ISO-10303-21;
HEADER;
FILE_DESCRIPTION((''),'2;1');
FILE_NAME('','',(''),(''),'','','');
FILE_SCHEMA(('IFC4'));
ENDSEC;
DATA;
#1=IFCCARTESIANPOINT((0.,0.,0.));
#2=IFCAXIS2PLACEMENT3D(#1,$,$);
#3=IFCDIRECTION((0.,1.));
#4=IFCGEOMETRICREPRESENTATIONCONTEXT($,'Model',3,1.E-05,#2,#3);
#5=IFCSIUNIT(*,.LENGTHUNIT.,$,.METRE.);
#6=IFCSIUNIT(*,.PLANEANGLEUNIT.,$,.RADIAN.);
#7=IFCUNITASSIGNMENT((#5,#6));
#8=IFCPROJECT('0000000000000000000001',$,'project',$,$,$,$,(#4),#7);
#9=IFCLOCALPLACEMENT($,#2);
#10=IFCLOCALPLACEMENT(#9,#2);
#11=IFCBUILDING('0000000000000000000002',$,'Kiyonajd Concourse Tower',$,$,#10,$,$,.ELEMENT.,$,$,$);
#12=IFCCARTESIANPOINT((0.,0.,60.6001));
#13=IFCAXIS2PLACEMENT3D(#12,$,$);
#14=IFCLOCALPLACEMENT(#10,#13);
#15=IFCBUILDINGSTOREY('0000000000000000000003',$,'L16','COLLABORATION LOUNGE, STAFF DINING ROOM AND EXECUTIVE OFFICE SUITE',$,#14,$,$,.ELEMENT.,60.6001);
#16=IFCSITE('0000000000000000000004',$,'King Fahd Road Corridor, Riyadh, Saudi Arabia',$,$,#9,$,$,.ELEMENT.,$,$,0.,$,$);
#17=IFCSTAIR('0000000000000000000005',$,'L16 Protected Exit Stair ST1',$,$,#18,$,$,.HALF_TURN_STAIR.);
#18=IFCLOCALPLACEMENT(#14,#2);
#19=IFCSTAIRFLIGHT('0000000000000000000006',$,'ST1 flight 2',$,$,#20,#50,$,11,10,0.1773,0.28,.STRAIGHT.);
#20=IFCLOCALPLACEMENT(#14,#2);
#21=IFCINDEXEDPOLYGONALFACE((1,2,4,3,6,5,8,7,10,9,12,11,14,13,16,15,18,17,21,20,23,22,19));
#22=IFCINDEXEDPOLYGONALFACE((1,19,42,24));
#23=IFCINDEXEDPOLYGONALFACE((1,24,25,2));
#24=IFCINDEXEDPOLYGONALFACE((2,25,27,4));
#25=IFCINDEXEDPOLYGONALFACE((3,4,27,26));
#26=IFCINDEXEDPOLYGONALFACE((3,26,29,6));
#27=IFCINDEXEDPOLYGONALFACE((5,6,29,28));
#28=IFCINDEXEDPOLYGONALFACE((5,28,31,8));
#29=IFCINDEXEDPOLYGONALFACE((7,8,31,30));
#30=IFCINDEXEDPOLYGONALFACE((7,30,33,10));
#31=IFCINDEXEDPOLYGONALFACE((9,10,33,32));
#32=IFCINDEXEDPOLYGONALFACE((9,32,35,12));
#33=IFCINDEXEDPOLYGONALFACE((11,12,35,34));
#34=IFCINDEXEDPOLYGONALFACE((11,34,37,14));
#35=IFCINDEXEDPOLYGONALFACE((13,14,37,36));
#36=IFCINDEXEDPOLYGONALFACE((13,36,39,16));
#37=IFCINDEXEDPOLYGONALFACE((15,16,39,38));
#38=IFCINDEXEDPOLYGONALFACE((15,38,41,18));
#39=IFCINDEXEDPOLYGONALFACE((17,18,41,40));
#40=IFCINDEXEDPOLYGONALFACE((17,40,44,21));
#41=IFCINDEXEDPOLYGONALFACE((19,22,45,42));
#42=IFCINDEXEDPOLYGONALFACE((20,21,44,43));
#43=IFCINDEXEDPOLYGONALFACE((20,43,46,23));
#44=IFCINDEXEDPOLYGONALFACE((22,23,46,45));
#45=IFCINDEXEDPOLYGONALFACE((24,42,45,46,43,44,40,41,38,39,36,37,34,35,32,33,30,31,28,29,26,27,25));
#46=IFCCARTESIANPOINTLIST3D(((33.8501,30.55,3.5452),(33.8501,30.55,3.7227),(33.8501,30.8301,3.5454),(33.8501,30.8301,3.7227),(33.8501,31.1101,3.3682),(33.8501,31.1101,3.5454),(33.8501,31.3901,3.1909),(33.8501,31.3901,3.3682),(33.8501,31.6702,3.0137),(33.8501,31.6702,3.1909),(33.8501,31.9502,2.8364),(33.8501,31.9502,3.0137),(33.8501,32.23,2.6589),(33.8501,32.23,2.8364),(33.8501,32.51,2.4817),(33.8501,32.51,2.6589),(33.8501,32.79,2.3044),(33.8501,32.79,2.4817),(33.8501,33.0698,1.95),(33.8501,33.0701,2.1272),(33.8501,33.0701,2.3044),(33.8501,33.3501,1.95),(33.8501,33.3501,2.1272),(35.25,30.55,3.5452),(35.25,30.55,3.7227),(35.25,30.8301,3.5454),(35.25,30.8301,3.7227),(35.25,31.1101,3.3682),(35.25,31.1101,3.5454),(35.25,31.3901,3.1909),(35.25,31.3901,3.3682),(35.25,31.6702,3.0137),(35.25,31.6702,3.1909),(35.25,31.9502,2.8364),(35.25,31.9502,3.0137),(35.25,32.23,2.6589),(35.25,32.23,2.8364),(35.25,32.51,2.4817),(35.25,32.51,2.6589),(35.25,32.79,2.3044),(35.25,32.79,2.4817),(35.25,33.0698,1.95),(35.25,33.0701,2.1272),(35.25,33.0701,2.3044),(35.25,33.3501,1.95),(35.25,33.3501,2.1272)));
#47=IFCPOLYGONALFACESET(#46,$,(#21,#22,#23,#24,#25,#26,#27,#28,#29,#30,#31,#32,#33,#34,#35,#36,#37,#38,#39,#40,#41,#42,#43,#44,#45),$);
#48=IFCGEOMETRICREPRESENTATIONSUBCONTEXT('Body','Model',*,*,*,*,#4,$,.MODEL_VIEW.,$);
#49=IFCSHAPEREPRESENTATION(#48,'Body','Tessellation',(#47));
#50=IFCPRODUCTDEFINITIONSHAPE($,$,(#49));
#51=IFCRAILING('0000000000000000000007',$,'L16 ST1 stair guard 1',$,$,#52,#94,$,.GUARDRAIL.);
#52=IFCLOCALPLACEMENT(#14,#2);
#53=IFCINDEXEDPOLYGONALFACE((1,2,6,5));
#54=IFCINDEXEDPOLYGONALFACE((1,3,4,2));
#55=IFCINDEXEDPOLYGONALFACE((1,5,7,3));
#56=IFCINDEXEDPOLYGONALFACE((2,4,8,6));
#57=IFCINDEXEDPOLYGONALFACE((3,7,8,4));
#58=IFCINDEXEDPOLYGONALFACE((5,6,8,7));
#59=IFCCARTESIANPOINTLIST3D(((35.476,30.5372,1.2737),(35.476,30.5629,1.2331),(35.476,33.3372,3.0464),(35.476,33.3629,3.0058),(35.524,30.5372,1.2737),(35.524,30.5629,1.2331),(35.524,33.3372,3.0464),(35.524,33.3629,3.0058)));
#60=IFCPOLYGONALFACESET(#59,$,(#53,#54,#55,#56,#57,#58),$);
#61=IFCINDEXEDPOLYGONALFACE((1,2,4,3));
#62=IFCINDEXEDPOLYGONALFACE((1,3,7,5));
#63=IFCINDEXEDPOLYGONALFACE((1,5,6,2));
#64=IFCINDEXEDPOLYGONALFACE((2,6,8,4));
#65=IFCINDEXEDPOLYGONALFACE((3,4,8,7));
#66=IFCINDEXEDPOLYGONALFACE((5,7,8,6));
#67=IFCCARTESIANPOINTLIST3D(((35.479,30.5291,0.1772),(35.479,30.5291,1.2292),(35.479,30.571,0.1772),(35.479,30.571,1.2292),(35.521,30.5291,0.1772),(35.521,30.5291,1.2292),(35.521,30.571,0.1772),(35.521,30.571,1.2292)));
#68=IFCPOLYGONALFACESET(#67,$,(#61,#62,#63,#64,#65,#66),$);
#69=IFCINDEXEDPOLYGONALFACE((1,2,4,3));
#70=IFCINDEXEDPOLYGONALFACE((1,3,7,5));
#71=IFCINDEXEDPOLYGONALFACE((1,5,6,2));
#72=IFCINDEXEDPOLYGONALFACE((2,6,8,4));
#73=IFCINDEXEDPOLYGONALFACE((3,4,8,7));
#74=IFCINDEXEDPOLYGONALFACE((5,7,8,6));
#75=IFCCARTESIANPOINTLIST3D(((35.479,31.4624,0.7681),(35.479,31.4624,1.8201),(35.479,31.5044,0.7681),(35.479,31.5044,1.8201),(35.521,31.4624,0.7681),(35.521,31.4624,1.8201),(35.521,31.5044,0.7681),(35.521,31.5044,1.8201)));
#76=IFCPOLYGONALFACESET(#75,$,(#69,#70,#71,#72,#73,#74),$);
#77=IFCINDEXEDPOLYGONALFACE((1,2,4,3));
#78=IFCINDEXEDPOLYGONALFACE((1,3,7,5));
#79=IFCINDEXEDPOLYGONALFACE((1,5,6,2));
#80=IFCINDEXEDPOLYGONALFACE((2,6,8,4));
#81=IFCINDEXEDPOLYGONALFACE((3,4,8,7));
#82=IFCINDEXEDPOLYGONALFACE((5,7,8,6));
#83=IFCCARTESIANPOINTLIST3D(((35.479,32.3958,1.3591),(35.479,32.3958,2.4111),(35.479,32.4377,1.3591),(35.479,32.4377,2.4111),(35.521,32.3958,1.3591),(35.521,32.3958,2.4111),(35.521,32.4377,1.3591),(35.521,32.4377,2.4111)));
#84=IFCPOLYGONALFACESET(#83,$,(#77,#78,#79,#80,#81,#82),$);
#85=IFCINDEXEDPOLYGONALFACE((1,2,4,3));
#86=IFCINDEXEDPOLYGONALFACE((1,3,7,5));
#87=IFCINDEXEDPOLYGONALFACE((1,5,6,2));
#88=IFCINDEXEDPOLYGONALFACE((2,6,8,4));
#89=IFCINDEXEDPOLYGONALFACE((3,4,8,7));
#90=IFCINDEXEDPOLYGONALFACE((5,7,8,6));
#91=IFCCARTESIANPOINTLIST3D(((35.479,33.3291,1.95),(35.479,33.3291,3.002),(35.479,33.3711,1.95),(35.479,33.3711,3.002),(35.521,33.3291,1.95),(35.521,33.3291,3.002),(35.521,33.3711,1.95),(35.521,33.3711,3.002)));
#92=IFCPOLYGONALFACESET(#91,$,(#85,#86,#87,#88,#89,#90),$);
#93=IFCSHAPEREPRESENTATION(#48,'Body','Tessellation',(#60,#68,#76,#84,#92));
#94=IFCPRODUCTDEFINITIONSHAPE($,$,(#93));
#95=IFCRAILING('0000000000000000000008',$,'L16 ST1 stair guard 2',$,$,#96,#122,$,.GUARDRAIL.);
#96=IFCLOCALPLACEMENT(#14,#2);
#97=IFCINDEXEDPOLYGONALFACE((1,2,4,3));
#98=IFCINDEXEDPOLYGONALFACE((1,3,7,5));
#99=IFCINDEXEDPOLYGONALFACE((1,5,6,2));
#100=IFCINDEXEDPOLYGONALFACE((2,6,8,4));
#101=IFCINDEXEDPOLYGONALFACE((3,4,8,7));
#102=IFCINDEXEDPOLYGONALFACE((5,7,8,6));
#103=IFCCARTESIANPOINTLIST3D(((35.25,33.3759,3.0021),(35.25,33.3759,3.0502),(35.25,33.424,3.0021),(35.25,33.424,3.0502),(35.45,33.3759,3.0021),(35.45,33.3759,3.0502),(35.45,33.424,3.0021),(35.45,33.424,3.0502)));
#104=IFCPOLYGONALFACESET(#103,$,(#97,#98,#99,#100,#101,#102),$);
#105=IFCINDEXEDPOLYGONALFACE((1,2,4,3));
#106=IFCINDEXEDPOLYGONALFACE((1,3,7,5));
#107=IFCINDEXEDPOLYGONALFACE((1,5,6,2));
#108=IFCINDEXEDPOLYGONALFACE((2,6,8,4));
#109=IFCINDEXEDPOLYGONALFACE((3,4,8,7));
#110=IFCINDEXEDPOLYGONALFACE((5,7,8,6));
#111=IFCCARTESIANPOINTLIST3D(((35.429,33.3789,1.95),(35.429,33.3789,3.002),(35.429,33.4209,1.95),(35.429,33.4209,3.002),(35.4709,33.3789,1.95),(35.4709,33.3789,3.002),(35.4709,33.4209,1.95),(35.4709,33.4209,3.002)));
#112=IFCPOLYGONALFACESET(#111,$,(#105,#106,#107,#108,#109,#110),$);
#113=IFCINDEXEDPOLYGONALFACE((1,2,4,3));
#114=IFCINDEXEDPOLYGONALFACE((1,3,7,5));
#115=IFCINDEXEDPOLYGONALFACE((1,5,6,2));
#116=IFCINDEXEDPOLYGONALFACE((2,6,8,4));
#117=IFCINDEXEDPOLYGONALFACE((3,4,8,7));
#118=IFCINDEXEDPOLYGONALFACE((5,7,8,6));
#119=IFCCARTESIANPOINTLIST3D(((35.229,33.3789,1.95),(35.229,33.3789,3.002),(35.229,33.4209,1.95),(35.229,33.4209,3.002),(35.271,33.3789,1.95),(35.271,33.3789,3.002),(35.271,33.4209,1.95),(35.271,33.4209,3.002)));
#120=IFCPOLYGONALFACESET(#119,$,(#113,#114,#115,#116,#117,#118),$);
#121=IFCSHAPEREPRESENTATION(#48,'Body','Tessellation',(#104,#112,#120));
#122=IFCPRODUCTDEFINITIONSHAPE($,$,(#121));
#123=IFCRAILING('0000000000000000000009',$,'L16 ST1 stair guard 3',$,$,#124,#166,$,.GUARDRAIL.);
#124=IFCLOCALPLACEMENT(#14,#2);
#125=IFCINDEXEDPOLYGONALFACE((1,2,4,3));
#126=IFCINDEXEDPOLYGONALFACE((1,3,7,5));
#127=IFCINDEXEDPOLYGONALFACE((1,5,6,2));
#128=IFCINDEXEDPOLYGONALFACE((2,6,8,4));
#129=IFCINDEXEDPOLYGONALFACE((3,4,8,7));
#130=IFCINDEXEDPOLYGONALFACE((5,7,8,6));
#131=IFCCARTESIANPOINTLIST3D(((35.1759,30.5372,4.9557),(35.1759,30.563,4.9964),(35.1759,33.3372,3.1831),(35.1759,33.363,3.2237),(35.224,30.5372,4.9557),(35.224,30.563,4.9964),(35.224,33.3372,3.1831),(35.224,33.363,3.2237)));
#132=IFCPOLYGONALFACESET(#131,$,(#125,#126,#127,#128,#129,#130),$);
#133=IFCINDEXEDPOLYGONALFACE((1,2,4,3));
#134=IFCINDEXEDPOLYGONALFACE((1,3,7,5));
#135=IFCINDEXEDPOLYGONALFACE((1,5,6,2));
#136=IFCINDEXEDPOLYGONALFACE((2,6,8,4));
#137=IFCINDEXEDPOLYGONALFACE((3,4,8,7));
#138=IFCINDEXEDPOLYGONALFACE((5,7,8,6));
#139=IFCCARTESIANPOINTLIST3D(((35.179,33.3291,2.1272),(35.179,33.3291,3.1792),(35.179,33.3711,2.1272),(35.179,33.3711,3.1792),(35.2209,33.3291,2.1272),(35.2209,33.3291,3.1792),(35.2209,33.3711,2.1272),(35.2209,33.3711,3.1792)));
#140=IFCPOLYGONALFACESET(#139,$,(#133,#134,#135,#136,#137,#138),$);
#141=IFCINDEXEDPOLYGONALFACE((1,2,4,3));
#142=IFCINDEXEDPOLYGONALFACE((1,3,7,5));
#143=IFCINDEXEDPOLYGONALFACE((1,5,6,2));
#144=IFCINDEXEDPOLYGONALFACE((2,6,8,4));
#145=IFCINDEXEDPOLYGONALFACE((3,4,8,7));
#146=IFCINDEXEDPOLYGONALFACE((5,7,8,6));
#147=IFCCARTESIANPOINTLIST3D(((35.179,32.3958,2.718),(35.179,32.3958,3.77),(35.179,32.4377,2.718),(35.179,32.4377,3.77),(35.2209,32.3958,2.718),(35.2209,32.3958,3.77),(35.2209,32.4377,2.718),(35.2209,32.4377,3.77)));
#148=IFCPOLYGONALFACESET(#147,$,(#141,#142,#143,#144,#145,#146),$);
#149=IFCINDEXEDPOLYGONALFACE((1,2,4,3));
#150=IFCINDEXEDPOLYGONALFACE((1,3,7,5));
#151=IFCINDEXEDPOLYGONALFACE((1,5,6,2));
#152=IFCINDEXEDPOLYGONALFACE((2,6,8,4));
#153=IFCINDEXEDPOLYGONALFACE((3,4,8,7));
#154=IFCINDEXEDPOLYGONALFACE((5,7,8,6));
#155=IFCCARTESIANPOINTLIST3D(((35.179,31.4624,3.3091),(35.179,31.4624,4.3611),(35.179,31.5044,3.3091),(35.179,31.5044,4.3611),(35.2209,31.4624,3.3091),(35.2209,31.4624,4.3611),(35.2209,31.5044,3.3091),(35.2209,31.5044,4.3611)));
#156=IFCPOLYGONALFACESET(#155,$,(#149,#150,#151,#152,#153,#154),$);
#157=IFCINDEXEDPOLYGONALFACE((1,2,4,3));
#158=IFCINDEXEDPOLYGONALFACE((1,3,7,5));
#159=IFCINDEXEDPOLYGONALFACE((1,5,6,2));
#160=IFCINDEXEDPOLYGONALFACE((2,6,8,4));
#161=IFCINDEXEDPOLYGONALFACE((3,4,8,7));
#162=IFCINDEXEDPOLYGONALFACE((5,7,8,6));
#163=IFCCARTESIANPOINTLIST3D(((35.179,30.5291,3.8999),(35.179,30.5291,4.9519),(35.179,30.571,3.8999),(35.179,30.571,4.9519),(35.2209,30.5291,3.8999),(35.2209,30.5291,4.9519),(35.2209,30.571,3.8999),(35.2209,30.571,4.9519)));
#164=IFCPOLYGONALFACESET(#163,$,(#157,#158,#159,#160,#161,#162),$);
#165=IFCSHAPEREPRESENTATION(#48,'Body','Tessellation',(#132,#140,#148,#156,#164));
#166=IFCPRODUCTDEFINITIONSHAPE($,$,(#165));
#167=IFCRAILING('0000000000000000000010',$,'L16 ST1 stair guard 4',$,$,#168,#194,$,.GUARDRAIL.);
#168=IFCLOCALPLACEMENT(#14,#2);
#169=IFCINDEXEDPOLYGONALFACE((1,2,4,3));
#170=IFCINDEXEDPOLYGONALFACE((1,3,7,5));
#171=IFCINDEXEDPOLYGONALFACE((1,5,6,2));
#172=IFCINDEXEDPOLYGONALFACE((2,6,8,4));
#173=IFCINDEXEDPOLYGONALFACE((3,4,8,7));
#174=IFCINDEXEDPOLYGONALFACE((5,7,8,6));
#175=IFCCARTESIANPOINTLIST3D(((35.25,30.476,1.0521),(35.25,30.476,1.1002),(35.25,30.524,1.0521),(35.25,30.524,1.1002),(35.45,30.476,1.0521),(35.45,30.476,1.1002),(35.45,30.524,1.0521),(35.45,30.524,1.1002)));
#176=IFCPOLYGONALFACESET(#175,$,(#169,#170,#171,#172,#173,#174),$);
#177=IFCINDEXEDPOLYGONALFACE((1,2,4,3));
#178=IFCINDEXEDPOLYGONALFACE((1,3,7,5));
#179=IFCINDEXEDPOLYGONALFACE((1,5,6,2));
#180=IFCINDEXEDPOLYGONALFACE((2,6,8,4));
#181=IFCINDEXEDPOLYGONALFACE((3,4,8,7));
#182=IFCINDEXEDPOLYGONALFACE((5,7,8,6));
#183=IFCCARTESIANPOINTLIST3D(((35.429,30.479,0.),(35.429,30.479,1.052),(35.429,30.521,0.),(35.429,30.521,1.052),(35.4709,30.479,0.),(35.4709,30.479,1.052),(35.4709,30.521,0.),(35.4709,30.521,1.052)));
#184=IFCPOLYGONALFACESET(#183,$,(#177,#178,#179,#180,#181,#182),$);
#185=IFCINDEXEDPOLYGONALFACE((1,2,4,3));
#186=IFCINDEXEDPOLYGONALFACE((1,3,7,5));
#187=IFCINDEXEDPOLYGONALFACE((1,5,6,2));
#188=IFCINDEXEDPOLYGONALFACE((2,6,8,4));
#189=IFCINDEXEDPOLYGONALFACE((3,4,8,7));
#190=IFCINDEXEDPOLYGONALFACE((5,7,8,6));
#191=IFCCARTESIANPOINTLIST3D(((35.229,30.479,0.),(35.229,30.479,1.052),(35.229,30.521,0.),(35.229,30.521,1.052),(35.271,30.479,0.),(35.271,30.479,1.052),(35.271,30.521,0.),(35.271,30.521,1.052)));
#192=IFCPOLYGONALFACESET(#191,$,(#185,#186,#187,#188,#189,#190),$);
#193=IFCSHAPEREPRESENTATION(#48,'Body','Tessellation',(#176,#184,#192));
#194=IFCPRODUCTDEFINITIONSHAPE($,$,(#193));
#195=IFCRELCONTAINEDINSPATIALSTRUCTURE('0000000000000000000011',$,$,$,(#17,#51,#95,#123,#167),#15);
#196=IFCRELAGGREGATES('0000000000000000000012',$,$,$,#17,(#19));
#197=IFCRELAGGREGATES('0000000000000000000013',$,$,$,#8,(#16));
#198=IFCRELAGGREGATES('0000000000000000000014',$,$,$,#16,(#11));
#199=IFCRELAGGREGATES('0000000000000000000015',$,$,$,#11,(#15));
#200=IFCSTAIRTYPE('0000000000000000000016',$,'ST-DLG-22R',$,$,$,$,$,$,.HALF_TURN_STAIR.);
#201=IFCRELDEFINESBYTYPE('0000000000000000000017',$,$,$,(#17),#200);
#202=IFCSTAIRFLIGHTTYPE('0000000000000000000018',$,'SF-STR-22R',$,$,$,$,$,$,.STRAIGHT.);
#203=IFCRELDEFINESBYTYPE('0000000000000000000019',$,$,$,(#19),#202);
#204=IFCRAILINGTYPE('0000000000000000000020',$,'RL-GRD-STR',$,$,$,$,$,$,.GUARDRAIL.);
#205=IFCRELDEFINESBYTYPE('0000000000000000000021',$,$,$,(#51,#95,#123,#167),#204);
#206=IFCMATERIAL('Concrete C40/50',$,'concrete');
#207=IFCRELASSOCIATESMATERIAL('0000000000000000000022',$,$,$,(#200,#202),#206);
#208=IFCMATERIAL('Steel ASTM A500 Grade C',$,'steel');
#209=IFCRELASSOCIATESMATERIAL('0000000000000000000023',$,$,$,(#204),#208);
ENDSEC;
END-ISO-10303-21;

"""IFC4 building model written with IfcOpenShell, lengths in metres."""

from ifc_helpers import new_model, si_unit, direction, frame, origin, origin_2d, place, context, subcontext, project, spatial, polyline, rectangle, outline, extrude, material, type_object, element, aggregate, save


model = new_model("IFC4")

# Units and contexts
model_context = context("Model", 3, precision=1e-05, world=origin(), true_north=direction((0.0, 1.0)))
body_context = subcontext(model_context, "Body", "Model", "MODEL_VIEW")
ifc_project = project(units=[si_unit("LENGTHUNIT", "METRE"), si_unit("PLANEANGLEUNIT", "RADIAN")], contexts=[model_context])

# Site, building, storey
site_placement = place(None, origin())
site = spatial("IfcSite", under=ifc_project, at=site_placement, Name="King Fahd Road Corridor, Riyadh, Saudi Arabia", CompositionType="ELEMENT", RefElevation=0.0)
building_placement = place(site_placement, origin())
building = spatial("IfcBuilding", under=site, at=building_placement, Name="Kiyonajd Concourse Tower", CompositionType="ELEMENT")
storey_placement = place(building_placement, frame((0.0, 0.0, 60.6001)))
storey = spatial("IfcBuildingStorey", under=building, at=storey_placement, Name="L16", Description="COLLABORATION LOUNGE, STAFF DINING ROOM AND EXECUTIVE OFFICE SUITE", CompositionType="ELEMENT", Elevation=60.6001)

# Stair, stair flight
ifc_material_1 = material(Name="Concrete C40/50", Category="concrete")
stair_type = type_object("IfcStairType", Name="ST-DLG-22R", PredefinedType="HALF_TURN_STAIR", material=ifc_material_1)
stair_placement = place(storey_placement, origin())
stair = element("IfcStair", 1, at=stair_placement, inside=storey, type_object=stair_type, Name="L16 Protected Exit Stair ST1", PredefinedType="HALF_TURN_STAIR")
stair_flight_type = type_object("IfcStairFlightType", Name="SF-STR-22R", PredefinedType="STRAIGHT", material=ifc_material_1)
stair_flight_1_placement = place(storey_placement, frame((34.55, 33.3501, 1.95), z_axis=(0.0, 0.0, 1.0), x_axis=(0.0, -1.0, 0.0)))
stair_flight_1 = element("IfcStairFlight", 2, at=stair_flight_1_placement, type_object=stair_flight_type, Name="ST1 flight 2", NumberOfRisers=11, NumberOfTreads=10, PredefinedType="STRAIGHT", RiserHeight=0.1773, TreadLength=0.28, context=body_context, shape_type="SweptSolid", body=[
    extrude(outline(polyline([(0.0, 0.0), (0.0, 0.1772), (0.28, 0.1772), (0.28, 0.3545), (0.5601, 0.3545), (0.5601, 0.5317), (0.8401, 0.5317), (0.8401, 0.709), (1.1201, 0.709), (1.1201, 0.8865), (1.3999, 0.8865), (1.3999, 1.0637), (1.6799, 1.0637), (1.6799, 1.241), (1.96, 1.241), (1.96, 1.4182), (2.24, 1.4182), (2.24, 1.5955), (2.52, 1.5955), (2.52, 1.7727), (2.8, 1.7727), (2.8, 1.95), (2.8, 1.5952), (0.2803, 0.0), (0.0, 0.0)])), frame((0.0, 0.7, 0.0), z_axis=(0.0, -1.0, 0.0), x_axis=(1.0, 0.0, 0.0)), (0.0, 0.0, 1.0), 1.3999),
])
aggregate(stair, [stair_flight_1])

# Railings
ifc_material_2 = material(Name="Steel ASTM A500 Grade C", Category="steel")
railing_type_1 = type_object("IfcRailingType", Name="RL-GRD-STR", PredefinedType="GUARDRAIL", material=ifc_material_2)
railing_1_placement = place(storey_placement, frame((35.5, 30.55, 0.1772)))
element("IfcRailing", 3, at=railing_1_placement, inside=storey, type_object=railing_type_1, Name="L16 ST1 stair guard 1", PredefinedType="GUARDRAIL", context=body_context, shape_type="SweptSolid", body=[
    extrude(rectangle(XDim=0.0481, YDim=0.0481, at=origin_2d()), frame((0.0, 0.0, 1.0762), z_axis=(0.0, 0.844909, 0.53491), x_axis=(-1.0, 0.0, 0.0)), (0.0, 0.0, 1.0), 3.314),
    extrude(rectangle(XDim=0.042, YDim=0.042, at=origin_2d()), origin(), (0.0, 0.0, 1.0), 1.052),
    extrude(rectangle(XDim=0.042, YDim=0.042, at=origin_2d()), frame((0.0, 0.9333, 0.5908)), (0.0, 0.0, 1.0), 1.052),
    extrude(rectangle(XDim=0.042, YDim=0.042, at=origin_2d()), frame((0.0, 1.8667, 1.1819)), (0.0, 0.0, 1.0), 1.052),
    extrude(rectangle(XDim=0.042, YDim=0.042, at=origin_2d()), frame((0.0, 2.8, 1.7727)), (0.0, 0.0, 1.0), 1.052),
])
railing_2_placement = place(storey_placement, frame((35.45, 33.3999, 1.95)))
element("IfcRailing", 4, at=railing_2_placement, inside=storey, type_object=railing_type_1, Name="L16 ST1 stair guard 2", PredefinedType="GUARDRAIL", context=body_context, shape_type="SweptSolid", body=[
    extrude(rectangle(XDim=0.0481, YDim=0.0481, at=origin_2d()), frame((0.0, 0.0, 1.0762), z_axis=(-1.0, 0.0, 0.0), x_axis=(0.0, -1.0, 0.0)), (0.0, 0.0, 1.0), 0.2),
    extrude(rectangle(XDim=0.042, YDim=0.042, at=origin_2d()), origin(), (0.0, 0.0, 1.0), 1.052),
    extrude(rectangle(XDim=0.042, YDim=0.042, at=origin_2d()), frame((-0.2, 0.0, 0.0)), (0.0, 0.0, 1.0), 1.052),
])
railing_3_placement = place(storey_placement, frame((35.2, 33.3501, 2.1272)))
element("IfcRailing", 5, at=railing_3_placement, inside=storey, type_object=railing_type_1, Name="L16 ST1 stair guard 3", PredefinedType="GUARDRAIL", context=body_context, shape_type="SweptSolid", body=[
    extrude(rectangle(XDim=0.0481, YDim=0.0481, at=origin_2d()), frame((0.0, 0.0, 1.0762), z_axis=(0.0, -0.844909, 0.53491), x_axis=(1.0, 0.0, 0.0)), (0.0, 0.0, 1.0), 3.314),
    extrude(rectangle(XDim=0.042, YDim=0.042, at=origin_2d()), origin(), (0.0, 0.0, 1.0), 1.052),
    extrude(rectangle(XDim=0.042, YDim=0.042, at=origin_2d()), frame((0.0, -0.9333, 0.5908)), (0.0, 0.0, 1.0), 1.052),
    extrude(rectangle(XDim=0.042, YDim=0.042, at=origin_2d()), frame((0.0, -1.8667, 1.1819)), (0.0, 0.0, 1.0), 1.052),
    extrude(rectangle(XDim=0.042, YDim=0.042, at=origin_2d()), frame((0.0, -2.8, 1.7727)), (0.0, 0.0, 1.0), 1.052),
])
railing_4_placement = place(storey_placement, frame((35.45, 30.5, 0.0)))
element("IfcRailing", 6, at=railing_4_placement, inside=storey, type_object=railing_type_1, Name="L16 ST1 stair guard 4", PredefinedType="GUARDRAIL", context=body_context, shape_type="SweptSolid", body=[
    extrude(rectangle(XDim=0.0481, YDim=0.0481, at=origin_2d()), frame((0.0, 0.0, 1.0762), z_axis=(-1.0, 0.0, 0.0), x_axis=(0.0, -1.0, 0.0)), (0.0, 0.0, 1.0), 0.2),
    extrude(rectangle(XDim=0.042, YDim=0.042, at=origin_2d()), origin(), (0.0, 0.0, 1.0), 1.052),
    extrude(rectangle(XDim=0.042, YDim=0.042, at=origin_2d()), frame((-0.2, 0.0, 0.0)), (0.0, 0.0, 1.0), 1.052),
])

save(model, "model.ifc")
